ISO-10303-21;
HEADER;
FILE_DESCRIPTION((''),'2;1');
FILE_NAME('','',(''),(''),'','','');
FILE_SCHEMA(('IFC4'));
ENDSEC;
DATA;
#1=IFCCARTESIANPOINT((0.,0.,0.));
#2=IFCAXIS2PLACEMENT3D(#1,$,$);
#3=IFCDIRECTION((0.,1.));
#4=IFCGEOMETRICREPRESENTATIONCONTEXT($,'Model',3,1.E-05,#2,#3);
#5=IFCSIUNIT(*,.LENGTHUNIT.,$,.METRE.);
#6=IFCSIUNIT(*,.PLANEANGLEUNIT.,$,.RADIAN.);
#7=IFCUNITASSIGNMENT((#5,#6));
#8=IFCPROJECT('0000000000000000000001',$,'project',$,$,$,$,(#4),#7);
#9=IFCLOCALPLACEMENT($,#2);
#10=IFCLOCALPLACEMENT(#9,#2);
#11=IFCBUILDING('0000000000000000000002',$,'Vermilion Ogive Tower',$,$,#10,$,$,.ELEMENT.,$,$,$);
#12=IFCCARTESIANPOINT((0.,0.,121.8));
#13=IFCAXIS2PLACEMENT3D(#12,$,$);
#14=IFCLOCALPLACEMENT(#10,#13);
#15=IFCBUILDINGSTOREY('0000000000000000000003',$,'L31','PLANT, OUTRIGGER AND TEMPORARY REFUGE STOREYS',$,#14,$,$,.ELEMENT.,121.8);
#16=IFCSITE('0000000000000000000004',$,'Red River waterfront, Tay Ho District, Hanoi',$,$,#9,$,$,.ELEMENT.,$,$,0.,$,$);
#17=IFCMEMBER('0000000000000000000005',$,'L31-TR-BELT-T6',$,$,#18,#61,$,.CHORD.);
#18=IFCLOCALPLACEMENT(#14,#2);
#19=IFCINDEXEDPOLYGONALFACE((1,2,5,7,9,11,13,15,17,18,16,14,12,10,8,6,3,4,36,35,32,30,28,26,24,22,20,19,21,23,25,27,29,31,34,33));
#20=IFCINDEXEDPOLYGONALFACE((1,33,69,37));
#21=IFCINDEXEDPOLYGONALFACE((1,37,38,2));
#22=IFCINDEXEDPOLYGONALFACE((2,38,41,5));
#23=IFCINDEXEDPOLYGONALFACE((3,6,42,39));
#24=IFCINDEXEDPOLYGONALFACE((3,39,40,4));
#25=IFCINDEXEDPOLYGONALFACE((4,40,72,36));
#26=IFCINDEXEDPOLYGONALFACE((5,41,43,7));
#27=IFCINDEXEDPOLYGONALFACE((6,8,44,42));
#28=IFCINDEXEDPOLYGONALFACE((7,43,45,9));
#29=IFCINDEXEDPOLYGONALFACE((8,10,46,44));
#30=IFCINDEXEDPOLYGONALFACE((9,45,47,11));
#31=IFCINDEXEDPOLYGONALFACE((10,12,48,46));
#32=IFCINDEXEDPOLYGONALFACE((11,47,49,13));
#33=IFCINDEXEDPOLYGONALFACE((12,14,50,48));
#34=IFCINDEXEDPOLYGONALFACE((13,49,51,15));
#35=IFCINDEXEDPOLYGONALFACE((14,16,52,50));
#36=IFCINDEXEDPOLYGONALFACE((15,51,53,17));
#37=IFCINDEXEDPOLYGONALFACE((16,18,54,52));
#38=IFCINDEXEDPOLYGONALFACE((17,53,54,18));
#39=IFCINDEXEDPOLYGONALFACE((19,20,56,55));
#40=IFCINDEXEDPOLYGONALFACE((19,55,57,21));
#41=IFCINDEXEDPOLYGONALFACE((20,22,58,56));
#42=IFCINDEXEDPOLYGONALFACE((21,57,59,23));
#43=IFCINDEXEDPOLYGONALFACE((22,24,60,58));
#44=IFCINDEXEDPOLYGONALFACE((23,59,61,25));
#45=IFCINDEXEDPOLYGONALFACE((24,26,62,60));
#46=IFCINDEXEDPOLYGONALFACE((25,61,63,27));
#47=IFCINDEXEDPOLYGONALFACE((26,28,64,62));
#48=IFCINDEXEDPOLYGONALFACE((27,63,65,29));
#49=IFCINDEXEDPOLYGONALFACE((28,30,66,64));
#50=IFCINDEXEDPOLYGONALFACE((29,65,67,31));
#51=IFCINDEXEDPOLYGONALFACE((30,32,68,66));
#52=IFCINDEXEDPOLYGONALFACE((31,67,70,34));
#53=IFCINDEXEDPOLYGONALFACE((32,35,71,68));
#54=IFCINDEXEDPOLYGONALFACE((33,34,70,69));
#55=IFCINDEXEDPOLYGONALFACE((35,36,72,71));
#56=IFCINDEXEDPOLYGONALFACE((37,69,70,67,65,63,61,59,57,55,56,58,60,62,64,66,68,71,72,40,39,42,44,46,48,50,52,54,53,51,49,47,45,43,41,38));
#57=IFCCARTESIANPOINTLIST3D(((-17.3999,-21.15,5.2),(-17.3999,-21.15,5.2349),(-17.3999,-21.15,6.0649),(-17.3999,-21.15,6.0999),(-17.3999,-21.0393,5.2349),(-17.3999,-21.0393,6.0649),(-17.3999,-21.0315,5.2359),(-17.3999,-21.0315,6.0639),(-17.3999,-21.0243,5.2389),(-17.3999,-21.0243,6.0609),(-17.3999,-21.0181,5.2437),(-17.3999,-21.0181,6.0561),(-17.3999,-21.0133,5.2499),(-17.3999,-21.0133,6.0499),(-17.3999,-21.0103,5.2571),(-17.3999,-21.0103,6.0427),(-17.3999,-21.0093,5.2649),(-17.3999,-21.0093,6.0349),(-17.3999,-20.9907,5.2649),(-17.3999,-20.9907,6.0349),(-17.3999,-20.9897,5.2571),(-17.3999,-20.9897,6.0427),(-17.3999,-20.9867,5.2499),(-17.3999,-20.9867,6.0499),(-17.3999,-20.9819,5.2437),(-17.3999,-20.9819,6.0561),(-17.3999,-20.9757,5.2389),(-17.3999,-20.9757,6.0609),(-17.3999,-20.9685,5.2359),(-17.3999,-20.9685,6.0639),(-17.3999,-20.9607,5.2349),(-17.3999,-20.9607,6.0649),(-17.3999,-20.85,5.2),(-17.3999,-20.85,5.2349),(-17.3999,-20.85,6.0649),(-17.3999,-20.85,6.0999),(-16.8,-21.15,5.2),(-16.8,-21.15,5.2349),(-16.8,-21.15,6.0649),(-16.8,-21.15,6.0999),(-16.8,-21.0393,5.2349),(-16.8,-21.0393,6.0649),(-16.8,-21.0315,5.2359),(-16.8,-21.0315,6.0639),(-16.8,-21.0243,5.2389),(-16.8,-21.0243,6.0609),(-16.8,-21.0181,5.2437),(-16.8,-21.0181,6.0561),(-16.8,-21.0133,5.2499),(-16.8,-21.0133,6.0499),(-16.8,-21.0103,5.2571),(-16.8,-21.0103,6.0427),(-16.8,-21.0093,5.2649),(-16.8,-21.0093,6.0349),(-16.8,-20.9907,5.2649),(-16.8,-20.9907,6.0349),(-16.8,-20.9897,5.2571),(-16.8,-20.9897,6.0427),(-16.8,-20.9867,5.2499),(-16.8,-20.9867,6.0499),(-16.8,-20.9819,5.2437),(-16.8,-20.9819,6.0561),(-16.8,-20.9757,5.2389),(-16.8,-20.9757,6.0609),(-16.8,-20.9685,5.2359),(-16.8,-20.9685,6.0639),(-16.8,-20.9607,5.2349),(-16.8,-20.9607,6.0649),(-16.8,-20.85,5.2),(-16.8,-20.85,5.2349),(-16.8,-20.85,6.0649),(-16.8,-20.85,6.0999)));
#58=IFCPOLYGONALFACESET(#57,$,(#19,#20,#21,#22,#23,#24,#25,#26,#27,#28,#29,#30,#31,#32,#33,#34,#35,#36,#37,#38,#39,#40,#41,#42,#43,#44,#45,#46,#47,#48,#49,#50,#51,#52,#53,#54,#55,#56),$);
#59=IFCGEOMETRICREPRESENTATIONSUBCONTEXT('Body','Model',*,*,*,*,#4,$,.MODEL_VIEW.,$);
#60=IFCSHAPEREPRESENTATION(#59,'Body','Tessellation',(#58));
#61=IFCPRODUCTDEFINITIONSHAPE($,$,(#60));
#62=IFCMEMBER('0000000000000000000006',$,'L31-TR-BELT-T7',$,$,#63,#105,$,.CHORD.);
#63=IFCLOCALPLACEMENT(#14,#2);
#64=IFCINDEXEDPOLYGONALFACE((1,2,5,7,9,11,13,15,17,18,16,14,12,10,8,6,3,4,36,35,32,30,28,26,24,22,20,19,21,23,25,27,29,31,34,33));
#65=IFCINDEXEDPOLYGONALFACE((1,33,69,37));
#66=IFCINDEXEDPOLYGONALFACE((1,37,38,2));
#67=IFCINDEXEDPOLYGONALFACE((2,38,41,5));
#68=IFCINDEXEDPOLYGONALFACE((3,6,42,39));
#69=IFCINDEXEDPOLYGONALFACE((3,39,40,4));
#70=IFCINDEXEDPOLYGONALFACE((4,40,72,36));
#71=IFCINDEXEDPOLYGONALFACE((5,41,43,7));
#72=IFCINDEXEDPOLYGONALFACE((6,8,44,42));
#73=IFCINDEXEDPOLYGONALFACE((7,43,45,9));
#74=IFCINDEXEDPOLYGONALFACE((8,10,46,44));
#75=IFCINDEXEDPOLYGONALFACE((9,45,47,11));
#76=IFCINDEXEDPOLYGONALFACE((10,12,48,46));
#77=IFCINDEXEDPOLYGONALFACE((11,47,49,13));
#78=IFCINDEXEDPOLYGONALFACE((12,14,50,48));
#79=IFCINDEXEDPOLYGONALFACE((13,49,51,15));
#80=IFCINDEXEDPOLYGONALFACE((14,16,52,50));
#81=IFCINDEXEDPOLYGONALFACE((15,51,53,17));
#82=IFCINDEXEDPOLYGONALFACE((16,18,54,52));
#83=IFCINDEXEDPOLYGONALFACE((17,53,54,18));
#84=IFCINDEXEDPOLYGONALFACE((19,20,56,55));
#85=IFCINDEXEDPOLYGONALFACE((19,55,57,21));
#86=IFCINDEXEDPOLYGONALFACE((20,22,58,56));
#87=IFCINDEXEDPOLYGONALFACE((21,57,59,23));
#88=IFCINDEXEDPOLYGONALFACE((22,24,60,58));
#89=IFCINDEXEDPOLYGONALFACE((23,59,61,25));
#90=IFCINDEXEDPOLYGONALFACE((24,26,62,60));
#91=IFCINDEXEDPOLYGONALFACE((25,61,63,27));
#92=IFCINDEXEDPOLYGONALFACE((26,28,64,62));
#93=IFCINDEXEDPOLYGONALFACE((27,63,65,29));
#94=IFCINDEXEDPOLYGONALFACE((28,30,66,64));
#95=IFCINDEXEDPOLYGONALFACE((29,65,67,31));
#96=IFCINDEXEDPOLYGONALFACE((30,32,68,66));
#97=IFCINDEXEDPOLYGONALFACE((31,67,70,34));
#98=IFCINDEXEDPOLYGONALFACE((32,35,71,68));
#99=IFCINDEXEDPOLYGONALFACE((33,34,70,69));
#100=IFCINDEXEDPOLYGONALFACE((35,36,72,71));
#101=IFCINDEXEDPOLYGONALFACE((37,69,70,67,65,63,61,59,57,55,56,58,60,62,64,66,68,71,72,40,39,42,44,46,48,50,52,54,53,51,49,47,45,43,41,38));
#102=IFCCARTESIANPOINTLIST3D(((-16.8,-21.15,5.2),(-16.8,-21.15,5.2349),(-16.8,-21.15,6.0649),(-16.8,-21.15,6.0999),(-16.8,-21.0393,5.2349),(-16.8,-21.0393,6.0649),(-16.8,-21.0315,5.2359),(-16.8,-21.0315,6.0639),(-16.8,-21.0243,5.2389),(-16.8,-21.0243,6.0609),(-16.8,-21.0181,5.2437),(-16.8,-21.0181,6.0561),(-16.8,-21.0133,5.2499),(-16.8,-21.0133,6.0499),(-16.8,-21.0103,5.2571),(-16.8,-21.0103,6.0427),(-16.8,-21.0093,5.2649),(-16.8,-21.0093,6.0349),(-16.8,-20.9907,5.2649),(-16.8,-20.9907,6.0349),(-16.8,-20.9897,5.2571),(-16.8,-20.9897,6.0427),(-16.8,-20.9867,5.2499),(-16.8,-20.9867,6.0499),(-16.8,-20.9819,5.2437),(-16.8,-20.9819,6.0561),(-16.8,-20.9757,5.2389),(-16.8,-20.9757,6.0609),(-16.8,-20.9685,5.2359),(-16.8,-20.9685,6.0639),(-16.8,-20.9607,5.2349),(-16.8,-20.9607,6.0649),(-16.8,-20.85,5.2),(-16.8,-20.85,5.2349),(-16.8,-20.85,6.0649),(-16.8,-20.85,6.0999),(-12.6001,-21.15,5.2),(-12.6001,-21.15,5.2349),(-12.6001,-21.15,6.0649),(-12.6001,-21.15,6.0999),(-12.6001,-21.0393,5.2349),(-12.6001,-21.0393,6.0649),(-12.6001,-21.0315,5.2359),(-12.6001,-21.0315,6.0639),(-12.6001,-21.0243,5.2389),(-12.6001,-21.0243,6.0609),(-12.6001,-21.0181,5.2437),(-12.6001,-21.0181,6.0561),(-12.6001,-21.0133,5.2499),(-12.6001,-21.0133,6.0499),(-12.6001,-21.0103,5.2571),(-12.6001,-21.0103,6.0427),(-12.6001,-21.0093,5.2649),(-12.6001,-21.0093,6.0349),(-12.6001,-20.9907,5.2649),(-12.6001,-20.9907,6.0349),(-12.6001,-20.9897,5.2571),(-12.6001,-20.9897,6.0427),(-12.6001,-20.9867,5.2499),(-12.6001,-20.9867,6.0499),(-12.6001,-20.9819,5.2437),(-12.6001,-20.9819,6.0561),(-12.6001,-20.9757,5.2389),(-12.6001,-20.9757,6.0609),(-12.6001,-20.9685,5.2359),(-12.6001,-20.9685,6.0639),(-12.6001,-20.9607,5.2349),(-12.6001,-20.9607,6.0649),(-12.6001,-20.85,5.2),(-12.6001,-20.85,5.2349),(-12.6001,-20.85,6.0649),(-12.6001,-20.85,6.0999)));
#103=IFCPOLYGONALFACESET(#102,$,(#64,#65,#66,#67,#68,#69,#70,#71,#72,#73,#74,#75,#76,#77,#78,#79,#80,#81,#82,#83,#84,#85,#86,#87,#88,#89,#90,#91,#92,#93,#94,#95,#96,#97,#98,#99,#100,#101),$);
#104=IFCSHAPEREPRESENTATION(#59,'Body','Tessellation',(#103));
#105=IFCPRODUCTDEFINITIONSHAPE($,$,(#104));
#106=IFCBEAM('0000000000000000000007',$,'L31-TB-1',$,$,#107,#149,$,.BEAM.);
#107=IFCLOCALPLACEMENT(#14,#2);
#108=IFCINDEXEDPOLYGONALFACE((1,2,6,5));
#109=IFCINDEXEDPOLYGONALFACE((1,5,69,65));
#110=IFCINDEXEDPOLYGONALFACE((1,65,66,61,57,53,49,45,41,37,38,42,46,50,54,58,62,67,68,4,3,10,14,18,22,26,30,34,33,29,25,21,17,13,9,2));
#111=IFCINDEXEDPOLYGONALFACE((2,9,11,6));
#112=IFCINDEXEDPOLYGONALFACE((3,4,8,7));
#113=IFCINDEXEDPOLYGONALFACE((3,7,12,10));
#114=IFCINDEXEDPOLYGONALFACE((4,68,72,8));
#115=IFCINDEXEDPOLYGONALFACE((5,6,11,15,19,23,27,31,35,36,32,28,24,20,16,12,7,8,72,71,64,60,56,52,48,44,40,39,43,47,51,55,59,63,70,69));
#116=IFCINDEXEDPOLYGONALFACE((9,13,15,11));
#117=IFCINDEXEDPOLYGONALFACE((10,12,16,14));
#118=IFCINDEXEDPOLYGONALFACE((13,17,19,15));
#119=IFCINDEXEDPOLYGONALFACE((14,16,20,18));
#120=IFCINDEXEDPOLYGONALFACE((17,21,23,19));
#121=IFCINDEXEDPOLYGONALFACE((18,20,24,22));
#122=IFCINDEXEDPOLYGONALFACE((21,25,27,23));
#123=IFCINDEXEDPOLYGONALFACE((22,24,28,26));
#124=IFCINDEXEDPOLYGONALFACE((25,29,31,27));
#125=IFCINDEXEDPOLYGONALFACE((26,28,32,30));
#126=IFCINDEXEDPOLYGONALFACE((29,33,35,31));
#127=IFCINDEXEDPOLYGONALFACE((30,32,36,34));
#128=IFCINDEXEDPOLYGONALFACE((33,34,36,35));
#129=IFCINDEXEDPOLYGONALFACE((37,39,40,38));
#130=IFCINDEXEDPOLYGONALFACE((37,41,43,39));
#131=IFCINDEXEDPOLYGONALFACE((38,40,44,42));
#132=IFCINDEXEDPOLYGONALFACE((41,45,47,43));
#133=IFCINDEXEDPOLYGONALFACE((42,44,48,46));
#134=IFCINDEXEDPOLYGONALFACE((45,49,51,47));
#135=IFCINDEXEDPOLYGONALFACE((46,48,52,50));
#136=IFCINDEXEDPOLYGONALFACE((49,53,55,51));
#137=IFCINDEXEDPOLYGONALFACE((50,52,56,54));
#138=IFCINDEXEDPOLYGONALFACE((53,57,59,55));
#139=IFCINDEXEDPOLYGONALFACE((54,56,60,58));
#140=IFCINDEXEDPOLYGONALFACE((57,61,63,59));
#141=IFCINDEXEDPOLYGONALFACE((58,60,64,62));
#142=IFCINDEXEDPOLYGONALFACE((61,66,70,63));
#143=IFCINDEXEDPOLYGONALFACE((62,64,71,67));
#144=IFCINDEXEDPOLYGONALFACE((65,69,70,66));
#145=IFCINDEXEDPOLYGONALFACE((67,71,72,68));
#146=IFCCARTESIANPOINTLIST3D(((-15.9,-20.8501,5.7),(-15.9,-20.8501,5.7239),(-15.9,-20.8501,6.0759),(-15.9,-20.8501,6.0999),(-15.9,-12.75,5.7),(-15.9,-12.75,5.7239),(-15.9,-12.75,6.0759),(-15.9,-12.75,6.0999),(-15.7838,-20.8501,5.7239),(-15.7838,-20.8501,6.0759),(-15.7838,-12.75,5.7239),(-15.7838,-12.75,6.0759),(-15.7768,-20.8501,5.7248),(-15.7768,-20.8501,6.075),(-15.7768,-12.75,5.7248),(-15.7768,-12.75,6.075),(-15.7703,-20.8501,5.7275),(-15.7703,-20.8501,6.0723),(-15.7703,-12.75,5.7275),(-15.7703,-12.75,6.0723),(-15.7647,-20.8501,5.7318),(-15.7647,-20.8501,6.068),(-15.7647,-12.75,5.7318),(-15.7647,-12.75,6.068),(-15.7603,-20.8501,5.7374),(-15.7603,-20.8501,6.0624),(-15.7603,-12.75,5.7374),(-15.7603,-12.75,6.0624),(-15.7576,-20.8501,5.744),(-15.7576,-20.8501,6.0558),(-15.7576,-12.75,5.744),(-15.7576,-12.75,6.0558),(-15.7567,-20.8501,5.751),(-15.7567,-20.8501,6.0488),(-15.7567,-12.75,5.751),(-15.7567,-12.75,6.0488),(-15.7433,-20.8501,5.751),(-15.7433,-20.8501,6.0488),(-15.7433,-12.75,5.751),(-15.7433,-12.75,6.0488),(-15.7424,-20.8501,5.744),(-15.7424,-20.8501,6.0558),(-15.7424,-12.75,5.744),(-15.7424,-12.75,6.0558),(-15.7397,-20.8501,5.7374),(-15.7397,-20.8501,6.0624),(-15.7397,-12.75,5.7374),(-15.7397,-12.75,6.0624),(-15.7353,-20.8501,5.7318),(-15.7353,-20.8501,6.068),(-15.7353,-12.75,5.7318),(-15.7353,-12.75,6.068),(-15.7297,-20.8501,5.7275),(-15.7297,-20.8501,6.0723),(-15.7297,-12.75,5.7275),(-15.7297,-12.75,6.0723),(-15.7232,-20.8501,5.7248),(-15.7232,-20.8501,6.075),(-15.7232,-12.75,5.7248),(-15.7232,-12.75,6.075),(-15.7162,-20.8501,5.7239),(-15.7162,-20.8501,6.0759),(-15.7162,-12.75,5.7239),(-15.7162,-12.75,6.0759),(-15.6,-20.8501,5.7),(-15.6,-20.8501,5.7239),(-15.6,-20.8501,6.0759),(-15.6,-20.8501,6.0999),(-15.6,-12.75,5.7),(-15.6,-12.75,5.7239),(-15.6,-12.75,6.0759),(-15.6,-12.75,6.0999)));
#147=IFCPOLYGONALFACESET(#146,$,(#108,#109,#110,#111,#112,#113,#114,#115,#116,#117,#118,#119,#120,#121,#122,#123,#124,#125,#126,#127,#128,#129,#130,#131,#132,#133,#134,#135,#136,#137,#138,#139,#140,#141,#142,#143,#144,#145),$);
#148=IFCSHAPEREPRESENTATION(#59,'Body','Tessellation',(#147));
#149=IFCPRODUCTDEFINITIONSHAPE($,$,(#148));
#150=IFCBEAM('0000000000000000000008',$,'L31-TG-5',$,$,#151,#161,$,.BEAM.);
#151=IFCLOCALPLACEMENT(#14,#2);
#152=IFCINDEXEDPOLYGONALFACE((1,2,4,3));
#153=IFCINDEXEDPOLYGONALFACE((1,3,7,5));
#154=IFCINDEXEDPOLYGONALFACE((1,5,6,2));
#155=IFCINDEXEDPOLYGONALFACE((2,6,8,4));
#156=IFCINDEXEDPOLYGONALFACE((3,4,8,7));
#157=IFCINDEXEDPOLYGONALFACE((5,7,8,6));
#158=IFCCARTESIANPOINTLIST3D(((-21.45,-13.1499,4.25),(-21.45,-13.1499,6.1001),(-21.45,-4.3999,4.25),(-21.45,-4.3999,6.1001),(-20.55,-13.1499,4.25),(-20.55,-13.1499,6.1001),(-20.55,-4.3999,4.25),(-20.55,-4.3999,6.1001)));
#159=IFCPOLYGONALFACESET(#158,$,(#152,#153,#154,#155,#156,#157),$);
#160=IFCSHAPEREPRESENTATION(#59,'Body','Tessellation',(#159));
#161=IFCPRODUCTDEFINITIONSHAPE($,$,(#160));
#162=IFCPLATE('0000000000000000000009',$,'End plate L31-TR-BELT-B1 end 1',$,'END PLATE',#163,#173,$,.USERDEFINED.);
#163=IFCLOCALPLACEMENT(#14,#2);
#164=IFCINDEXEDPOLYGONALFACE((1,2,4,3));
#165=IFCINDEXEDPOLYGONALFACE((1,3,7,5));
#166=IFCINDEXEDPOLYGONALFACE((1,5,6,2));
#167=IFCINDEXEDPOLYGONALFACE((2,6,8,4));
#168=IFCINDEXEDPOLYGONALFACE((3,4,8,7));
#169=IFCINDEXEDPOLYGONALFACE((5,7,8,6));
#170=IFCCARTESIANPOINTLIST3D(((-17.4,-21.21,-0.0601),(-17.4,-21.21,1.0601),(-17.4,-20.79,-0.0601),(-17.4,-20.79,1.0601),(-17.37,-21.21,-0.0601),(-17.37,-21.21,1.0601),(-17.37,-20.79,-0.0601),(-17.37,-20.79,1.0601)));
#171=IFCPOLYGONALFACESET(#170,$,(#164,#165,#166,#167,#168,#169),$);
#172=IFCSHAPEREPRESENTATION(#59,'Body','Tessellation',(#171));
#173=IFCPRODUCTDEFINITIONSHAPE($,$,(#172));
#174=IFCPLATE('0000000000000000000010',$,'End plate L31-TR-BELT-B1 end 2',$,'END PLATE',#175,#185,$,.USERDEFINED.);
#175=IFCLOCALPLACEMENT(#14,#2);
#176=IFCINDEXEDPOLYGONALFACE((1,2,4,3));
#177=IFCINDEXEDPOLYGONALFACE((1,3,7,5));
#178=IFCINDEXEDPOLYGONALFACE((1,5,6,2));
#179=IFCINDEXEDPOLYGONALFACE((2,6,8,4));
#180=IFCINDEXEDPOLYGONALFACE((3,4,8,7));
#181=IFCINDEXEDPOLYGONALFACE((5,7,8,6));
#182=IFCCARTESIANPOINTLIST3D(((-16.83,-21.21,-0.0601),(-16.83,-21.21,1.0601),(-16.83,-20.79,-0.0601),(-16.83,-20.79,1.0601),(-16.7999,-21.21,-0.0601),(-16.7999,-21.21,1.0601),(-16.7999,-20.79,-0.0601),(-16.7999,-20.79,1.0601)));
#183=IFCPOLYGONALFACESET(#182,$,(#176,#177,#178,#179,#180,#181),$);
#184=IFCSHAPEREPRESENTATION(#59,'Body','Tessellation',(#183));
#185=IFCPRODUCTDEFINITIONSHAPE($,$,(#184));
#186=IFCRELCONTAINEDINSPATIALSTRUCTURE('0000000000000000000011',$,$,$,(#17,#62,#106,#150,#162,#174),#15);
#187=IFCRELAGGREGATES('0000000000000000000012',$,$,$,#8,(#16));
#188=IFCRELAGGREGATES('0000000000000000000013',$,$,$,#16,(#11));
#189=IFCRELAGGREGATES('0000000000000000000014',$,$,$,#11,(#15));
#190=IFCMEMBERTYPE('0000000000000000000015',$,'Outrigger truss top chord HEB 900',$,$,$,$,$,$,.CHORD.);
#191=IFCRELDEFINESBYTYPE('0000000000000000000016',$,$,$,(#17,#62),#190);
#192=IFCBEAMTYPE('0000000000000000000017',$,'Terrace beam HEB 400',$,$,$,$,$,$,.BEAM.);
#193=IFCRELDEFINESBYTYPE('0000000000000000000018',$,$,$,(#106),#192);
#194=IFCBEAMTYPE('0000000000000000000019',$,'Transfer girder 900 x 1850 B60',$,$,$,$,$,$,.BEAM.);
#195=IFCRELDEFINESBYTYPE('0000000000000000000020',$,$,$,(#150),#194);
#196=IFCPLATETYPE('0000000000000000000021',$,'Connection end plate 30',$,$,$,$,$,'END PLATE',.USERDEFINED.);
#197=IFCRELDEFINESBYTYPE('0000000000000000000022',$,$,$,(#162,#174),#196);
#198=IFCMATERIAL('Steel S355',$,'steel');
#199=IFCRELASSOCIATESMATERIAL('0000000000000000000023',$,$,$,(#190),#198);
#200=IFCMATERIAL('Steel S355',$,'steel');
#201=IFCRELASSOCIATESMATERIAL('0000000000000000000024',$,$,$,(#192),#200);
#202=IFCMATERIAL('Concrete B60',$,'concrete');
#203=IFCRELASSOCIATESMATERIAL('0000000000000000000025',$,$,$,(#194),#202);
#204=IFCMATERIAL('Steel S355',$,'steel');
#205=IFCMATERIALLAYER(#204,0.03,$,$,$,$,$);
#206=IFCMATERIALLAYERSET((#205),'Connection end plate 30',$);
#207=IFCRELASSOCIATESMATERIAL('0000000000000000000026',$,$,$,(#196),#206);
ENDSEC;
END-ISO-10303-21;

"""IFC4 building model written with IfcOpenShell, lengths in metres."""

from ifc_helpers import new_model, si_unit, direction, frame, origin, origin_2d, place, context, subcontext, project, spatial, rectangle, i_section, extrude, material, layer, layer_set, material_profile, profile_set, type_object, element, save


model = new_model("IFC4")

# Units and contexts
model_context = context("Model", 3, precision=1e-05, world=origin(), true_north=direction((0.0, 1.0)))
body_context = subcontext(model_context, "Body", "Model", "MODEL_VIEW")
ifc_project = project(units=[si_unit("LENGTHUNIT", "METRE"), si_unit("PLANEANGLEUNIT", "RADIAN")], contexts=[model_context])

# Site, building, storey
site_placement = place(None, origin())
site = spatial("IfcSite", under=ifc_project, at=site_placement, Name="Red River waterfront, Tay Ho District, Hanoi", CompositionType="ELEMENT", RefElevation=0.0)
building_placement = place(site_placement, origin())
building = spatial("IfcBuilding", under=site, at=building_placement, Name="Vermilion Ogive Tower", CompositionType="ELEMENT")
storey_placement = place(building_placement, frame((0.0, 0.0, 121.8)))
storey = spatial("IfcBuildingStorey", under=building, at=storey_placement, Name="L31", Description="PLANT, OUTRIGGER AND TEMPORARY REFUGE STOREYS", CompositionType="ELEMENT", Elevation=121.8)

# Members
ifc_material_1 = material(Name="Steel S355", Category="steel")
ifc_material_profile_1 = material_profile(ifc_material_1, i_section(OverallWidth=0.3, OverallDepth=0.8999, WebThickness=0.0186, FlangeThickness=0.0349, FilletRadius=0.03, at=origin_2d()), Name="HEB 900")
ifc_profile_set_1 = profile_set([ifc_material_profile_1], Name="Steel S355")
member_type_1 = type_object("IfcMemberType", Name="Outrigger truss top chord HEB 900", PredefinedType="CHORD", material=ifc_profile_set_1)
member_1_placement = place(storey_placement, frame((-17.3999, -21.0, 5.6499), z_axis=(1.0, 0.0, 0.0), x_axis=(0.0, 1.0, 0.0)))
element("IfcMember", 1, at=member_1_placement, inside=storey, type_object=member_type_1, Name="L31-TR-BELT-T6", PredefinedType="CHORD", context=body_context, shape_type="SweptSolid", body=[
    extrude(i_section(OverallWidth=0.3, OverallDepth=0.8999, WebThickness=0.0186, FlangeThickness=0.0349, FilletRadius=0.03, at=origin_2d()), origin(), (0.0, 0.0, 1.0), 0.5999),
])
member_2_placement = place(storey_placement, frame((-16.8, -21.0, 5.6499), z_axis=(1.0, 0.0, 0.0), x_axis=(0.0, 1.0, 0.0)))
element("IfcMember", 2, at=member_2_placement, inside=storey, type_object=member_type_1, Name="L31-TR-BELT-T7", PredefinedType="CHORD", context=body_context, shape_type="SweptSolid", body=[
    extrude(i_section(OverallWidth=0.3, OverallDepth=0.8999, WebThickness=0.0186, FlangeThickness=0.0349, FilletRadius=0.03, at=origin_2d()), origin(), (0.0, 0.0, 1.0), 4.2),
])

# Beams
ifc_material_2 = material(Name="Steel S355", Category="steel")
ifc_material_profile_2 = material_profile(ifc_material_2, i_section(OverallWidth=0.3, OverallDepth=0.3999, WebThickness=0.0134, FlangeThickness=0.0239, FilletRadius=0.0271, at=origin_2d()), Name="HEB 400")
ifc_profile_set_2 = profile_set([ifc_material_profile_2], Name="Steel S355")
beam_type_1 = type_object("IfcBeamType", Name="Terrace beam HEB 400", PredefinedType="BEAM", material=ifc_profile_set_2)
beam_1_placement = place(storey_placement, frame((-15.75, -20.8501, 5.8999), z_axis=(0.0, 1.0, 0.0), x_axis=(-1.0, 0.0, 0.0)))
element("IfcBeam", 3, at=beam_1_placement, inside=storey, type_object=beam_type_1, Name="L31-TB-1", PredefinedType="BEAM", context=body_context, shape_type="SweptSolid", body=[
    extrude(i_section(OverallWidth=0.3, OverallDepth=0.3999, WebThickness=0.0134, FlangeThickness=0.0239, FilletRadius=0.0271, at=origin_2d()), origin(), (0.0, 0.0, 1.0), 8.1001),
])
ifc_material_3 = material(Name="Concrete B60", Category="concrete")
ifc_material_profile_3 = material_profile(ifc_material_3, rectangle(XDim=0.8999, YDim=1.8501, at=origin_2d()), Name="900 x 1850")
ifc_profile_set_3 = profile_set([ifc_material_profile_3], Name="Concrete B60")
beam_type_2 = type_object("IfcBeamType", Name="Transfer girder 900 x 1850 B60", PredefinedType="BEAM", material=ifc_profile_set_3)
beam_2_placement = place(storey_placement, frame((-21.0, -13.1499, 5.175), z_axis=(0.0, 1.0, 0.0), x_axis=(-1.0, 0.0, 0.0)))
element("IfcBeam", 4, at=beam_2_placement, inside=storey, type_object=beam_type_2, Name="L31-TG-5", PredefinedType="BEAM", context=body_context, shape_type="SweptSolid", body=[
    extrude(rectangle(XDim=0.8999, YDim=1.8501, at=origin_2d()), origin(), (0.0, 0.0, 1.0), 8.75),
])

# Plates
ifc_material_4 = material(Name="Steel S355", Category="steel")
ifc_layer_1 = layer(ifc_material_4, 0.03)
ifc_layer_set_1 = layer_set([ifc_layer_1], Name="Connection end plate 30")
plate_type_1 = type_object("IfcPlateType", Name="Connection end plate 30", ElementType="END PLATE", PredefinedType="USERDEFINED", material=ifc_layer_set_1)
for number, where, z_axis, x_axis, name in (
    (5, (-17.385, -21.0, -0.0601), (0.0, 0.0, 1.0), (1.0, 0.0, 0.0), "End plate L31-TR-BELT-B1 end 1"),
    (6, (-16.8149, -21.0, -0.0601), (0.0, 0.0, 1.0), (1.0, 0.0, 0.0), "End plate L31-TR-BELT-B1 end 2"),
):
    element("IfcPlate", number, at=place(storey_placement, frame(where, z_axis=z_axis, x_axis=x_axis)), inside=storey, type_object=plate_type_1, Name=name, ObjectType="END PLATE", PredefinedType="USERDEFINED", context=body_context, shape_type="SweptSolid", body=[
        extrude(rectangle(XDim=0.03, YDim=0.4199, at=origin_2d()), origin(), (0.0, 0.0, 1.0), 1.1201),
    ])

save(model, "model.ifc")
